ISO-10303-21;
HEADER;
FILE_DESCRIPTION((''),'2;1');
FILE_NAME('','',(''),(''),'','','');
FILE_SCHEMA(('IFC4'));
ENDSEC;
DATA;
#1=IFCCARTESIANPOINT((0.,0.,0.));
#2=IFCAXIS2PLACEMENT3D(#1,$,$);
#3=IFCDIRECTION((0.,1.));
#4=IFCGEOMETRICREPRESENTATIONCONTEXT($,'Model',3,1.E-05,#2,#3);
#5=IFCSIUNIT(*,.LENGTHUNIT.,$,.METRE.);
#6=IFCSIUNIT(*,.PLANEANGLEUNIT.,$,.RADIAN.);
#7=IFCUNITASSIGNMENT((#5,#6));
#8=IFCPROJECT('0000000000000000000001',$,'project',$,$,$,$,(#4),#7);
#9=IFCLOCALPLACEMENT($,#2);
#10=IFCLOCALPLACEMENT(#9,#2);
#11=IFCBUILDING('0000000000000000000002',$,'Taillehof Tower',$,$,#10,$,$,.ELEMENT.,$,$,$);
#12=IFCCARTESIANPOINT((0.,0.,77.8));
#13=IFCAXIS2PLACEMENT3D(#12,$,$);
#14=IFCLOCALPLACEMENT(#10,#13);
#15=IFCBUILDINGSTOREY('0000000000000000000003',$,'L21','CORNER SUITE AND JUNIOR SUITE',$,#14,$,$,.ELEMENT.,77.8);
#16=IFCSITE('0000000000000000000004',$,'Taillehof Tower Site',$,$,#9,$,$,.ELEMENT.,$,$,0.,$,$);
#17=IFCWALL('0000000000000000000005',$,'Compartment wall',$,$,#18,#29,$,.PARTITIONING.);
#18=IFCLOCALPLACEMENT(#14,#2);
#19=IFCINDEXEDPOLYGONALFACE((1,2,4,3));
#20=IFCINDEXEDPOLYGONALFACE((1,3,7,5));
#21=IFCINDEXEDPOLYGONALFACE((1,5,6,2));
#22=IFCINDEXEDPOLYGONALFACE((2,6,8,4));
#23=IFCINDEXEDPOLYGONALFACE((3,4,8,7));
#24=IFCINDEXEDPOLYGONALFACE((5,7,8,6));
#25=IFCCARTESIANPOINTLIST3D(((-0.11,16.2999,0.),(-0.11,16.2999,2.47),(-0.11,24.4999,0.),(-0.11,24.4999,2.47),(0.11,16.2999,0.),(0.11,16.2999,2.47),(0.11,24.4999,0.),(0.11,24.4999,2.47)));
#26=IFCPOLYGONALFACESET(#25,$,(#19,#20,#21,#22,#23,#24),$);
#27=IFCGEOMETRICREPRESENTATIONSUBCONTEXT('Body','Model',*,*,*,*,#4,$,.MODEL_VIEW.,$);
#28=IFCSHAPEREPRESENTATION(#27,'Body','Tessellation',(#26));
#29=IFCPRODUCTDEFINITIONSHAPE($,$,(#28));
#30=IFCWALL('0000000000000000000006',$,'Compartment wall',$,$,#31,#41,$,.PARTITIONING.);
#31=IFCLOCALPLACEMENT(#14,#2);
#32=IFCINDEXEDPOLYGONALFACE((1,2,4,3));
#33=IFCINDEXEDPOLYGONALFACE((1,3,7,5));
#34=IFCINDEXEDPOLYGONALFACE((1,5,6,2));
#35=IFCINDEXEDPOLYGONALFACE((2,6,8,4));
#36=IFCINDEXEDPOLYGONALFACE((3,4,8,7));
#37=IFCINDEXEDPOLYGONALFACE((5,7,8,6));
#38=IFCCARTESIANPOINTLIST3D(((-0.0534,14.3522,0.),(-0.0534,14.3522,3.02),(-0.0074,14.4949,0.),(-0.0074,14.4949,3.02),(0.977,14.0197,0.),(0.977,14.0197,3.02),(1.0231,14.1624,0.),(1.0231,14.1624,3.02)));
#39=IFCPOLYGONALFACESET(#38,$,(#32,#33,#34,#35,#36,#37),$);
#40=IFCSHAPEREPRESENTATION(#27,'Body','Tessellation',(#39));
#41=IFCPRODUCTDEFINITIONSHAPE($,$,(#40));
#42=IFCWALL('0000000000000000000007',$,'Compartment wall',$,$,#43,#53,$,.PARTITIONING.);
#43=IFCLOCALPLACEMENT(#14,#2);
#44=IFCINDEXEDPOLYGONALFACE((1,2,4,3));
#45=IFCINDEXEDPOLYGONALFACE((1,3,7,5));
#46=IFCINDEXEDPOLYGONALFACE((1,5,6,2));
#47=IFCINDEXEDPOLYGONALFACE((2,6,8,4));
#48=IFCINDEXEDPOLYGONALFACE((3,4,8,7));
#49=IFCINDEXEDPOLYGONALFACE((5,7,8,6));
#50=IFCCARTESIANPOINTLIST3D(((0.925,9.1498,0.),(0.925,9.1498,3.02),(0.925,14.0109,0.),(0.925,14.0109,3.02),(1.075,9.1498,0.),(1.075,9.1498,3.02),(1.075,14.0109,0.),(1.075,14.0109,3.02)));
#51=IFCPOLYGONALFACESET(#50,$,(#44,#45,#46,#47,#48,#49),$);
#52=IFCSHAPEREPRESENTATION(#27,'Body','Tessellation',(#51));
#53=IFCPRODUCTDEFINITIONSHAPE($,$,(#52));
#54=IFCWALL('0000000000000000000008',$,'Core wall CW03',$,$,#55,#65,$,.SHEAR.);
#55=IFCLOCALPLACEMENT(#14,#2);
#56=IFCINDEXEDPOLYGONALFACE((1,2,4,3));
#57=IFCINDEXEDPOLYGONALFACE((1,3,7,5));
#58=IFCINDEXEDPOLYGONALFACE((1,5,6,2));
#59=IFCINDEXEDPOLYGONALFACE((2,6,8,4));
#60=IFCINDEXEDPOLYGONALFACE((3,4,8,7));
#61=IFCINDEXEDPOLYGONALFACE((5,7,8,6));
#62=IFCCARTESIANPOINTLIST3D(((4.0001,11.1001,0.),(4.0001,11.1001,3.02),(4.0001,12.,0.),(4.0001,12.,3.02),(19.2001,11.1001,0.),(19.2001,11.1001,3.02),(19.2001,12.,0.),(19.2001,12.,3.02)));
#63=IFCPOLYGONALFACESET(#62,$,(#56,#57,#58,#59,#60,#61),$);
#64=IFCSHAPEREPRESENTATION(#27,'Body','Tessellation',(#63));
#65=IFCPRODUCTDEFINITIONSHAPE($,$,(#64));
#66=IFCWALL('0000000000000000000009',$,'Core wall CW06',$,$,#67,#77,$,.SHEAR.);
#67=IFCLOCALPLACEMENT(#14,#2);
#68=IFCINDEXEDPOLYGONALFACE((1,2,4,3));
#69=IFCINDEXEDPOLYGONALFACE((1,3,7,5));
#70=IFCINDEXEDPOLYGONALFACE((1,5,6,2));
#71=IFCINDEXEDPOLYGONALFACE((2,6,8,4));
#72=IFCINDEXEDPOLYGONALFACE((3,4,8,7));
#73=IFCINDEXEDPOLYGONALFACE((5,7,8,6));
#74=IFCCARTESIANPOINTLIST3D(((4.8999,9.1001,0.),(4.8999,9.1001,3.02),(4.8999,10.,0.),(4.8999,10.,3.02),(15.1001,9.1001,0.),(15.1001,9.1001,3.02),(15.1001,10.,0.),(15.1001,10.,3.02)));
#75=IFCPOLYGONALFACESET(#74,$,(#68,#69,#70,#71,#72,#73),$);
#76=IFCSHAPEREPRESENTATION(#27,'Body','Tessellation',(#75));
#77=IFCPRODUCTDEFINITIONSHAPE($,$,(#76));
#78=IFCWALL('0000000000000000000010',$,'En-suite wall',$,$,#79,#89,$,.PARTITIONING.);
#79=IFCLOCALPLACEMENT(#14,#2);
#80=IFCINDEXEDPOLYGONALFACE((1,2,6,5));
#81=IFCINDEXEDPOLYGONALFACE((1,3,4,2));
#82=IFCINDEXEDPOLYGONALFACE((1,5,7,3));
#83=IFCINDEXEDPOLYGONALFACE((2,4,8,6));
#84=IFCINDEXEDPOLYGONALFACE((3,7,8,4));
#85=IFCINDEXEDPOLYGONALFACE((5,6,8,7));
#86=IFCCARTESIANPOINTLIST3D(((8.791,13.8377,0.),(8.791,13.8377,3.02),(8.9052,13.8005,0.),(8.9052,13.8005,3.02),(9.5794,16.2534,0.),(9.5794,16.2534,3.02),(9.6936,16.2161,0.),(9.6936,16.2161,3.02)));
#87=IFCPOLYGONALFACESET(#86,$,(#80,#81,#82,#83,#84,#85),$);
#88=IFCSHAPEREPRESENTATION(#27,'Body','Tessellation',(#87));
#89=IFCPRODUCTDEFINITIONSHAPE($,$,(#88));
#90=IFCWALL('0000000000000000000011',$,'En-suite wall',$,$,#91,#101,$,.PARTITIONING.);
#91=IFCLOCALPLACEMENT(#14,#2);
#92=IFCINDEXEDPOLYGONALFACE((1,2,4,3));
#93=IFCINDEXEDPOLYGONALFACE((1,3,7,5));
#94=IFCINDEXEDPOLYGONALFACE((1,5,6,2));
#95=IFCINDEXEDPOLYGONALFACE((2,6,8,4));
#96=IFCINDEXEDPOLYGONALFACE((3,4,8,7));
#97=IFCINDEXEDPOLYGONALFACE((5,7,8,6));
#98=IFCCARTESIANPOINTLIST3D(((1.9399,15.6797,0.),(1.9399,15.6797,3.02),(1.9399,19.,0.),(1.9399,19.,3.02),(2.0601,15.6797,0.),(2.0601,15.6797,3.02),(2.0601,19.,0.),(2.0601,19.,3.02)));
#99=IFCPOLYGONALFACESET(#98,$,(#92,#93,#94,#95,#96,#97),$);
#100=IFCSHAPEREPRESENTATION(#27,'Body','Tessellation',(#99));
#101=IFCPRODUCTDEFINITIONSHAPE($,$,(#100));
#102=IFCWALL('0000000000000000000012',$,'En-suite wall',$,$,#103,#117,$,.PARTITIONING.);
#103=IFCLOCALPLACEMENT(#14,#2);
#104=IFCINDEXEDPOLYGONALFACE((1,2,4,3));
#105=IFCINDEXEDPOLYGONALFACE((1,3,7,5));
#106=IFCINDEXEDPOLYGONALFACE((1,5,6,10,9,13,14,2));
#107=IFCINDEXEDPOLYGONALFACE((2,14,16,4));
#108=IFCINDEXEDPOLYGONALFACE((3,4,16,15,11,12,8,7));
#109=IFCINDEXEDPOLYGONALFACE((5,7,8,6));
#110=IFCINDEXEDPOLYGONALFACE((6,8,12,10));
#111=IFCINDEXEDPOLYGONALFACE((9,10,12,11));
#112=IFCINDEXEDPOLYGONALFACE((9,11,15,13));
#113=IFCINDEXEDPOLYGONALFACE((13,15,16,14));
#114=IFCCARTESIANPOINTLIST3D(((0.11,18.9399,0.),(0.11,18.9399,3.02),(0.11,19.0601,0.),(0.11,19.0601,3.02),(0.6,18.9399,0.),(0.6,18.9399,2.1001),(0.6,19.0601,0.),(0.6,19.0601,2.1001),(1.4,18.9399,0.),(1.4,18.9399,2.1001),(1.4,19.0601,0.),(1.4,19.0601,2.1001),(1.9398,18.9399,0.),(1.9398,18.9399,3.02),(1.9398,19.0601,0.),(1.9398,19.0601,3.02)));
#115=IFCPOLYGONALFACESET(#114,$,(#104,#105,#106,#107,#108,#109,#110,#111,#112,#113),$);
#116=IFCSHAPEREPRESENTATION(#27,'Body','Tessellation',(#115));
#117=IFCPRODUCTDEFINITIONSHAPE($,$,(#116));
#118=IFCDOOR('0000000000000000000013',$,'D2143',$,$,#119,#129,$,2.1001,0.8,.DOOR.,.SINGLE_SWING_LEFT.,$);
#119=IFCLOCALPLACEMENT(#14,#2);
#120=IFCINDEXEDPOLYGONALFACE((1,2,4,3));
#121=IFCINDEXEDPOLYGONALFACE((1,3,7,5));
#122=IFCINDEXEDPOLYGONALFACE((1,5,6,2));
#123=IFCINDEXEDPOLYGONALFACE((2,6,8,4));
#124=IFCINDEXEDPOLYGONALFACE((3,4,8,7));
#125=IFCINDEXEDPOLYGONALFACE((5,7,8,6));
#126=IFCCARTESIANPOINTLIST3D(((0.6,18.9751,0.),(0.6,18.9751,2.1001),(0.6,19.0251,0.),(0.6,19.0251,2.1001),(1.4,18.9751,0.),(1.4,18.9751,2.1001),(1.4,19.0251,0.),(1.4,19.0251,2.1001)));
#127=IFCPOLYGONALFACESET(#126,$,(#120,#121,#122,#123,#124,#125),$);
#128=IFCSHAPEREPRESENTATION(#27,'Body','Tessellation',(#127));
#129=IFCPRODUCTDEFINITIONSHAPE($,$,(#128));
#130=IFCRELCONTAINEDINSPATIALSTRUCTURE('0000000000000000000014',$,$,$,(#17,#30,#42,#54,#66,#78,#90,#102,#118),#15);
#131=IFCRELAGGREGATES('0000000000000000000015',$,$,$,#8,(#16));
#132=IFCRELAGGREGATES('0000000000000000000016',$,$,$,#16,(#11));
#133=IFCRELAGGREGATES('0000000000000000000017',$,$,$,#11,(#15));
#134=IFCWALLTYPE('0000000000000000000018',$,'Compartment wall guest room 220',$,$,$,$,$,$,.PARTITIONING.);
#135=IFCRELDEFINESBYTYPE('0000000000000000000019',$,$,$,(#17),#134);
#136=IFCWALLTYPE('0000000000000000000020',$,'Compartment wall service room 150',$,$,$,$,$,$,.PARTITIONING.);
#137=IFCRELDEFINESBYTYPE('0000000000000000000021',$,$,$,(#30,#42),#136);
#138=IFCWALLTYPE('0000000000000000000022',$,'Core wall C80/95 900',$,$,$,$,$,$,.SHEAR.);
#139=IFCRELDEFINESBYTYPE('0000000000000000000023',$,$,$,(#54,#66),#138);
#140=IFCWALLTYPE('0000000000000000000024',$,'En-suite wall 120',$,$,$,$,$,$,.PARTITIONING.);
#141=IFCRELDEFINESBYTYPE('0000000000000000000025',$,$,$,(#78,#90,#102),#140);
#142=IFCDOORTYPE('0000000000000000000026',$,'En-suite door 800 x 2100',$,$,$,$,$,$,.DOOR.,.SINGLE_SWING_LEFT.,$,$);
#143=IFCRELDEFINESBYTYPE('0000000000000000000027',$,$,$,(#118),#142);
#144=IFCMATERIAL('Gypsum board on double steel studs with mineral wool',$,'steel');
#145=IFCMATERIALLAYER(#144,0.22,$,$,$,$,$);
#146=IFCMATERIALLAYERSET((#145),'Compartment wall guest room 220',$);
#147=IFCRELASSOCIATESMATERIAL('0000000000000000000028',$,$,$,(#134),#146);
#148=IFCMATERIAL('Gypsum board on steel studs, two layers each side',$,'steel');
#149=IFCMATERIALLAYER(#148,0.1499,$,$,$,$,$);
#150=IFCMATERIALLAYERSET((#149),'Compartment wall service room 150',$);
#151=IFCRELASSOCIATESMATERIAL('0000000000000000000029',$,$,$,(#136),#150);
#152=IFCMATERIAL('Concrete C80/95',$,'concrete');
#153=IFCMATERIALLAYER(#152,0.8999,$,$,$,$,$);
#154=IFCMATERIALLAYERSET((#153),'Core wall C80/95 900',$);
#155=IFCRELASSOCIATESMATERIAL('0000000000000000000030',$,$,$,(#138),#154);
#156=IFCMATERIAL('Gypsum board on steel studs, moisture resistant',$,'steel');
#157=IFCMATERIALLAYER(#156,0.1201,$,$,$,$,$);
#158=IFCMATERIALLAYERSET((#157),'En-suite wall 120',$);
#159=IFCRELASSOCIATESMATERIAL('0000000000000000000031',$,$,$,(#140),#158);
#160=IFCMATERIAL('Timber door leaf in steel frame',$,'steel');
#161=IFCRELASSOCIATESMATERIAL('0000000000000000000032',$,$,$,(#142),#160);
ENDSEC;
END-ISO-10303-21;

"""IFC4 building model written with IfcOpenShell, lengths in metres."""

from ifc_helpers import new_model, si_unit, direction, frame, frame_2d, origin, place, context, subcontext, project, spatial, rectangle, extrude, material, layer, layer_set, type_object, element, fill, save


model = new_model("IFC4")

# Units and contexts
model_context = context("Model", 3, precision=1e-05, world=origin(), true_north=direction((0.0, 1.0)))
body_context = subcontext(model_context, "Body", "Model", "MODEL_VIEW")
ifc_project = project(units=[si_unit("LENGTHUNIT", "METRE"), si_unit("PLANEANGLEUNIT", "RADIAN")], contexts=[model_context])

# Site, building, storey
site_placement = place(None, origin())
site = spatial("IfcSite", under=ifc_project, at=site_placement, Name="Taillehof Tower Site", CompositionType="ELEMENT", RefElevation=0.0)
building_placement = place(site_placement, origin())
building = spatial("IfcBuilding", under=site, at=building_placement, Name="Taillehof Tower", CompositionType="ELEMENT")
storey_placement = place(building_placement, frame((0.0, 0.0, 77.8)))
storey = spatial("IfcBuildingStorey", under=building, at=storey_placement, Name="L21", Description="CORNER SUITE AND JUNIOR SUITE", CompositionType="ELEMENT", Elevation=77.8)

# Walls
ifc_material_1 = material(Name="Gypsum board on double steel studs with mineral wool", Category="steel")
ifc_layer_1 = layer(ifc_material_1, 0.22)
ifc_layer_set_1 = layer_set([ifc_layer_1], Name="Compartment wall guest room 220")
wall_type_1 = type_object("IfcWallType", Name="Compartment wall guest room 220", PredefinedType="PARTITIONING", material=ifc_layer_set_1)
wall_1_placement = place(storey_placement, frame((0.0, 24.5, 0.0), z_axis=(0.0, 0.0, 1.0), x_axis=(0.0, -1.0, 0.0)))
element("IfcWall", 1, at=wall_1_placement, inside=storey, type_object=wall_type_1, Name="Compartment wall", PredefinedType="PARTITIONING", context=body_context, shape_type="SweptSolid", body=[
    extrude(rectangle(XDim=8.2, YDim=0.22, at=frame_2d((4.1001, 0.0))), origin(), (0.0, 0.0, 1.0), 2.47),
])
ifc_material_2 = material(Name="Gypsum board on steel studs, two layers each side", Category="steel")
ifc_layer_2 = layer(ifc_material_2, 0.1499)
ifc_layer_set_2 = layer_set([ifc_layer_2], Name="Compartment wall service room 150")
wall_type_2 = type_object("IfcWallType", Name="Compartment wall service room 150", PredefinedType="PARTITIONING", material=ifc_layer_set_2)
wall_2_placement = place(storey_placement, frame((-0.0305, 14.4236, 0.0), z_axis=(0.0, 0.0, 1.0), x_axis=(0.951683, -0.307082, 0.0)))
element("IfcWall", 2, at=wall_2_placement, inside=storey, type_object=wall_type_2, Name="Compartment wall", PredefinedType="PARTITIONING", context=body_context, shape_type="SweptSolid", body=[
    extrude(rectangle(XDim=1.0828, YDim=0.1499, at=frame_2d((0.5415, 0.0))), origin(), (0.0, 0.0, 1.0), 3.02),
])
wall_3_placement = place(storey_placement, frame((1.0, 14.011, 0.0), z_axis=(0.0, 0.0, 1.0), x_axis=(0.0, -1.0, 0.0)))
element("IfcWall", 3, at=wall_3_placement, inside=storey, type_object=wall_type_2, Name="Compartment wall", PredefinedType="PARTITIONING", context=body_context, shape_type="SweptSolid", body=[
    extrude(rectangle(XDim=4.8611, YDim=0.1499, at=frame_2d((2.4307, 0.0))), origin(), (0.0, 0.0, 1.0), 3.02),
])
ifc_material_3 = material(Name="Concrete C80/95", Category="concrete")
ifc_layer_3 = layer(ifc_material_3, 0.8999)
ifc_layer_set_3 = layer_set([ifc_layer_3], Name="Core wall C80/95 900")
wall_type_3 = type_object("IfcWallType", Name="Core wall C80/95 900", PredefinedType="SHEAR", material=ifc_layer_set_3)
wall_4_placement = place(storey_placement, frame((4.0, 11.55, 0.0), z_axis=(0.0, 0.0, 1.0), x_axis=(1.0, 0.0, 0.0)))
element("IfcWall", 4, at=wall_4_placement, inside=storey, type_object=wall_type_3, Name="Core wall CW03", PredefinedType="SHEAR", context=body_context, shape_type="SweptSolid", body=[
    extrude(rectangle(XDim=15.2, YDim=0.8999, at=frame_2d((7.6001, 0.0))), origin(), (0.0, 0.0, 1.0), 3.02),
])
wall_5_placement = place(storey_placement, frame((4.8999, 9.55, 0.0), z_axis=(0.0, 0.0, 1.0), x_axis=(1.0, 0.0, 0.0)))
element("IfcWall", 5, at=wall_5_placement, inside=storey, type_object=wall_type_3, Name="Core wall CW06", PredefinedType="SHEAR", context=body_context, shape_type="SweptSolid", body=[
    extrude(rectangle(XDim=10.2002, YDim=0.8999, at=frame_2d((5.1001, 0.0))), origin(), (0.0, 0.0, 1.0), 3.02),
])
ifc_material_4 = material(Name="Gypsum board on steel studs, moisture resistant", Category="steel")
ifc_layer_4 = layer(ifc_material_4, 0.1201)
ifc_layer_set_4 = layer_set([ifc_layer_4], Name="En-suite wall 120")
wall_type_4 = type_object("IfcWallType", Name="En-suite wall 120", PredefinedType="PARTITIONING", material=ifc_layer_set_4)
wall_6_placement = place(storey_placement, frame((8.8481, 13.8191, 0.0), z_axis=(0.0, 0.0, 1.0), x_axis=(0.310255, 0.950653, 0.0)))
element("IfcWall", 6, at=wall_6_placement, inside=storey, type_object=wall_type_4, Name="En-suite wall", PredefinedType="PARTITIONING", context=body_context, shape_type="SweptSolid", body=[
    extrude(rectangle(XDim=2.541, YDim=0.1201, at=frame_2d((1.2705, 0.0))), origin(), (0.0, 0.0, 1.0), 3.02),
])
wall_7_placement = place(storey_placement, frame((2.0, 15.6797, 0.0), z_axis=(0.0, 0.0, 1.0), x_axis=(0.0, 1.0, 0.0)))
element("IfcWall", 7, at=wall_7_placement, inside=storey, type_object=wall_type_4, Name="En-suite wall", PredefinedType="PARTITIONING", context=body_context, shape_type="SweptSolid", body=[
    extrude(rectangle(XDim=3.3203, YDim=0.1201, at=frame_2d((1.6602, 0.0))), origin(), (0.0, 0.0, 1.0), 3.02),
])

# Wall, opening, door
wall_8_placement = place(storey_placement, frame((1.9399, 19.0, 0.0), z_axis=(0.0, 0.0, 1.0), x_axis=(-1.0, 0.0, 0.0)))
wall_8 = element("IfcWall", 8, at=wall_8_placement, inside=storey, type_object=wall_type_4, Name="En-suite wall", PredefinedType="PARTITIONING", context=body_context, shape_type="SweptSolid", body=[
    extrude(rectangle(XDim=1.8298, YDim=0.1201, at=frame_2d((0.915, 0.0))), origin(), (0.0, 0.0, 1.0), 3.02),
])
opening_1_placement = place(wall_8_placement, frame((0.54, 0.0, 0.0)))
opening_1 = element("IfcOpeningElement", 9, at=opening_1_placement, cuts=wall_8, PredefinedType="OPENING", context=body_context, shape_type="SweptSolid", body=[
    extrude(rectangle(XDim=0.8, YDim=2.1001, at=frame_2d((0.3999, 1.05))), frame((0.0, 0.0701, 0.0), z_axis=(0.0, -1.0, 0.0), x_axis=(1.0, 0.0, 0.0)), (0.0, 0.0, 1.0), 0.1401),
])
ifc_material_5 = material(Name="Timber door leaf in steel frame", Category="steel")
door_type_1 = type_object("IfcDoorType", Name="En-suite door 800 x 2100", OperationType="SINGLE_SWING_LEFT", PredefinedType="DOOR", material=ifc_material_5)
door_1_placement = place(opening_1_placement, origin())
door_1 = element("IfcDoor", 10, at=door_1_placement, inside=storey, type_object=door_type_1, Name="D2143", OperationType="SINGLE_SWING_LEFT", OverallHeight=2.1001, OverallWidth=0.8, PredefinedType="DOOR", context=body_context, shape_type="SweptSolid", body=[
    extrude(rectangle(XDim=0.8, YDim=2.1001, at=frame_2d((0.3999, 1.05))), frame((0.0, 0.0249, 0.0), z_axis=(0.0, -1.0, 0.0), x_axis=(1.0, 0.0, 0.0)), (0.0, 0.0, 1.0), 0.05),
])
fill(opening_1, door_1)

save(model, "model.ifc")
